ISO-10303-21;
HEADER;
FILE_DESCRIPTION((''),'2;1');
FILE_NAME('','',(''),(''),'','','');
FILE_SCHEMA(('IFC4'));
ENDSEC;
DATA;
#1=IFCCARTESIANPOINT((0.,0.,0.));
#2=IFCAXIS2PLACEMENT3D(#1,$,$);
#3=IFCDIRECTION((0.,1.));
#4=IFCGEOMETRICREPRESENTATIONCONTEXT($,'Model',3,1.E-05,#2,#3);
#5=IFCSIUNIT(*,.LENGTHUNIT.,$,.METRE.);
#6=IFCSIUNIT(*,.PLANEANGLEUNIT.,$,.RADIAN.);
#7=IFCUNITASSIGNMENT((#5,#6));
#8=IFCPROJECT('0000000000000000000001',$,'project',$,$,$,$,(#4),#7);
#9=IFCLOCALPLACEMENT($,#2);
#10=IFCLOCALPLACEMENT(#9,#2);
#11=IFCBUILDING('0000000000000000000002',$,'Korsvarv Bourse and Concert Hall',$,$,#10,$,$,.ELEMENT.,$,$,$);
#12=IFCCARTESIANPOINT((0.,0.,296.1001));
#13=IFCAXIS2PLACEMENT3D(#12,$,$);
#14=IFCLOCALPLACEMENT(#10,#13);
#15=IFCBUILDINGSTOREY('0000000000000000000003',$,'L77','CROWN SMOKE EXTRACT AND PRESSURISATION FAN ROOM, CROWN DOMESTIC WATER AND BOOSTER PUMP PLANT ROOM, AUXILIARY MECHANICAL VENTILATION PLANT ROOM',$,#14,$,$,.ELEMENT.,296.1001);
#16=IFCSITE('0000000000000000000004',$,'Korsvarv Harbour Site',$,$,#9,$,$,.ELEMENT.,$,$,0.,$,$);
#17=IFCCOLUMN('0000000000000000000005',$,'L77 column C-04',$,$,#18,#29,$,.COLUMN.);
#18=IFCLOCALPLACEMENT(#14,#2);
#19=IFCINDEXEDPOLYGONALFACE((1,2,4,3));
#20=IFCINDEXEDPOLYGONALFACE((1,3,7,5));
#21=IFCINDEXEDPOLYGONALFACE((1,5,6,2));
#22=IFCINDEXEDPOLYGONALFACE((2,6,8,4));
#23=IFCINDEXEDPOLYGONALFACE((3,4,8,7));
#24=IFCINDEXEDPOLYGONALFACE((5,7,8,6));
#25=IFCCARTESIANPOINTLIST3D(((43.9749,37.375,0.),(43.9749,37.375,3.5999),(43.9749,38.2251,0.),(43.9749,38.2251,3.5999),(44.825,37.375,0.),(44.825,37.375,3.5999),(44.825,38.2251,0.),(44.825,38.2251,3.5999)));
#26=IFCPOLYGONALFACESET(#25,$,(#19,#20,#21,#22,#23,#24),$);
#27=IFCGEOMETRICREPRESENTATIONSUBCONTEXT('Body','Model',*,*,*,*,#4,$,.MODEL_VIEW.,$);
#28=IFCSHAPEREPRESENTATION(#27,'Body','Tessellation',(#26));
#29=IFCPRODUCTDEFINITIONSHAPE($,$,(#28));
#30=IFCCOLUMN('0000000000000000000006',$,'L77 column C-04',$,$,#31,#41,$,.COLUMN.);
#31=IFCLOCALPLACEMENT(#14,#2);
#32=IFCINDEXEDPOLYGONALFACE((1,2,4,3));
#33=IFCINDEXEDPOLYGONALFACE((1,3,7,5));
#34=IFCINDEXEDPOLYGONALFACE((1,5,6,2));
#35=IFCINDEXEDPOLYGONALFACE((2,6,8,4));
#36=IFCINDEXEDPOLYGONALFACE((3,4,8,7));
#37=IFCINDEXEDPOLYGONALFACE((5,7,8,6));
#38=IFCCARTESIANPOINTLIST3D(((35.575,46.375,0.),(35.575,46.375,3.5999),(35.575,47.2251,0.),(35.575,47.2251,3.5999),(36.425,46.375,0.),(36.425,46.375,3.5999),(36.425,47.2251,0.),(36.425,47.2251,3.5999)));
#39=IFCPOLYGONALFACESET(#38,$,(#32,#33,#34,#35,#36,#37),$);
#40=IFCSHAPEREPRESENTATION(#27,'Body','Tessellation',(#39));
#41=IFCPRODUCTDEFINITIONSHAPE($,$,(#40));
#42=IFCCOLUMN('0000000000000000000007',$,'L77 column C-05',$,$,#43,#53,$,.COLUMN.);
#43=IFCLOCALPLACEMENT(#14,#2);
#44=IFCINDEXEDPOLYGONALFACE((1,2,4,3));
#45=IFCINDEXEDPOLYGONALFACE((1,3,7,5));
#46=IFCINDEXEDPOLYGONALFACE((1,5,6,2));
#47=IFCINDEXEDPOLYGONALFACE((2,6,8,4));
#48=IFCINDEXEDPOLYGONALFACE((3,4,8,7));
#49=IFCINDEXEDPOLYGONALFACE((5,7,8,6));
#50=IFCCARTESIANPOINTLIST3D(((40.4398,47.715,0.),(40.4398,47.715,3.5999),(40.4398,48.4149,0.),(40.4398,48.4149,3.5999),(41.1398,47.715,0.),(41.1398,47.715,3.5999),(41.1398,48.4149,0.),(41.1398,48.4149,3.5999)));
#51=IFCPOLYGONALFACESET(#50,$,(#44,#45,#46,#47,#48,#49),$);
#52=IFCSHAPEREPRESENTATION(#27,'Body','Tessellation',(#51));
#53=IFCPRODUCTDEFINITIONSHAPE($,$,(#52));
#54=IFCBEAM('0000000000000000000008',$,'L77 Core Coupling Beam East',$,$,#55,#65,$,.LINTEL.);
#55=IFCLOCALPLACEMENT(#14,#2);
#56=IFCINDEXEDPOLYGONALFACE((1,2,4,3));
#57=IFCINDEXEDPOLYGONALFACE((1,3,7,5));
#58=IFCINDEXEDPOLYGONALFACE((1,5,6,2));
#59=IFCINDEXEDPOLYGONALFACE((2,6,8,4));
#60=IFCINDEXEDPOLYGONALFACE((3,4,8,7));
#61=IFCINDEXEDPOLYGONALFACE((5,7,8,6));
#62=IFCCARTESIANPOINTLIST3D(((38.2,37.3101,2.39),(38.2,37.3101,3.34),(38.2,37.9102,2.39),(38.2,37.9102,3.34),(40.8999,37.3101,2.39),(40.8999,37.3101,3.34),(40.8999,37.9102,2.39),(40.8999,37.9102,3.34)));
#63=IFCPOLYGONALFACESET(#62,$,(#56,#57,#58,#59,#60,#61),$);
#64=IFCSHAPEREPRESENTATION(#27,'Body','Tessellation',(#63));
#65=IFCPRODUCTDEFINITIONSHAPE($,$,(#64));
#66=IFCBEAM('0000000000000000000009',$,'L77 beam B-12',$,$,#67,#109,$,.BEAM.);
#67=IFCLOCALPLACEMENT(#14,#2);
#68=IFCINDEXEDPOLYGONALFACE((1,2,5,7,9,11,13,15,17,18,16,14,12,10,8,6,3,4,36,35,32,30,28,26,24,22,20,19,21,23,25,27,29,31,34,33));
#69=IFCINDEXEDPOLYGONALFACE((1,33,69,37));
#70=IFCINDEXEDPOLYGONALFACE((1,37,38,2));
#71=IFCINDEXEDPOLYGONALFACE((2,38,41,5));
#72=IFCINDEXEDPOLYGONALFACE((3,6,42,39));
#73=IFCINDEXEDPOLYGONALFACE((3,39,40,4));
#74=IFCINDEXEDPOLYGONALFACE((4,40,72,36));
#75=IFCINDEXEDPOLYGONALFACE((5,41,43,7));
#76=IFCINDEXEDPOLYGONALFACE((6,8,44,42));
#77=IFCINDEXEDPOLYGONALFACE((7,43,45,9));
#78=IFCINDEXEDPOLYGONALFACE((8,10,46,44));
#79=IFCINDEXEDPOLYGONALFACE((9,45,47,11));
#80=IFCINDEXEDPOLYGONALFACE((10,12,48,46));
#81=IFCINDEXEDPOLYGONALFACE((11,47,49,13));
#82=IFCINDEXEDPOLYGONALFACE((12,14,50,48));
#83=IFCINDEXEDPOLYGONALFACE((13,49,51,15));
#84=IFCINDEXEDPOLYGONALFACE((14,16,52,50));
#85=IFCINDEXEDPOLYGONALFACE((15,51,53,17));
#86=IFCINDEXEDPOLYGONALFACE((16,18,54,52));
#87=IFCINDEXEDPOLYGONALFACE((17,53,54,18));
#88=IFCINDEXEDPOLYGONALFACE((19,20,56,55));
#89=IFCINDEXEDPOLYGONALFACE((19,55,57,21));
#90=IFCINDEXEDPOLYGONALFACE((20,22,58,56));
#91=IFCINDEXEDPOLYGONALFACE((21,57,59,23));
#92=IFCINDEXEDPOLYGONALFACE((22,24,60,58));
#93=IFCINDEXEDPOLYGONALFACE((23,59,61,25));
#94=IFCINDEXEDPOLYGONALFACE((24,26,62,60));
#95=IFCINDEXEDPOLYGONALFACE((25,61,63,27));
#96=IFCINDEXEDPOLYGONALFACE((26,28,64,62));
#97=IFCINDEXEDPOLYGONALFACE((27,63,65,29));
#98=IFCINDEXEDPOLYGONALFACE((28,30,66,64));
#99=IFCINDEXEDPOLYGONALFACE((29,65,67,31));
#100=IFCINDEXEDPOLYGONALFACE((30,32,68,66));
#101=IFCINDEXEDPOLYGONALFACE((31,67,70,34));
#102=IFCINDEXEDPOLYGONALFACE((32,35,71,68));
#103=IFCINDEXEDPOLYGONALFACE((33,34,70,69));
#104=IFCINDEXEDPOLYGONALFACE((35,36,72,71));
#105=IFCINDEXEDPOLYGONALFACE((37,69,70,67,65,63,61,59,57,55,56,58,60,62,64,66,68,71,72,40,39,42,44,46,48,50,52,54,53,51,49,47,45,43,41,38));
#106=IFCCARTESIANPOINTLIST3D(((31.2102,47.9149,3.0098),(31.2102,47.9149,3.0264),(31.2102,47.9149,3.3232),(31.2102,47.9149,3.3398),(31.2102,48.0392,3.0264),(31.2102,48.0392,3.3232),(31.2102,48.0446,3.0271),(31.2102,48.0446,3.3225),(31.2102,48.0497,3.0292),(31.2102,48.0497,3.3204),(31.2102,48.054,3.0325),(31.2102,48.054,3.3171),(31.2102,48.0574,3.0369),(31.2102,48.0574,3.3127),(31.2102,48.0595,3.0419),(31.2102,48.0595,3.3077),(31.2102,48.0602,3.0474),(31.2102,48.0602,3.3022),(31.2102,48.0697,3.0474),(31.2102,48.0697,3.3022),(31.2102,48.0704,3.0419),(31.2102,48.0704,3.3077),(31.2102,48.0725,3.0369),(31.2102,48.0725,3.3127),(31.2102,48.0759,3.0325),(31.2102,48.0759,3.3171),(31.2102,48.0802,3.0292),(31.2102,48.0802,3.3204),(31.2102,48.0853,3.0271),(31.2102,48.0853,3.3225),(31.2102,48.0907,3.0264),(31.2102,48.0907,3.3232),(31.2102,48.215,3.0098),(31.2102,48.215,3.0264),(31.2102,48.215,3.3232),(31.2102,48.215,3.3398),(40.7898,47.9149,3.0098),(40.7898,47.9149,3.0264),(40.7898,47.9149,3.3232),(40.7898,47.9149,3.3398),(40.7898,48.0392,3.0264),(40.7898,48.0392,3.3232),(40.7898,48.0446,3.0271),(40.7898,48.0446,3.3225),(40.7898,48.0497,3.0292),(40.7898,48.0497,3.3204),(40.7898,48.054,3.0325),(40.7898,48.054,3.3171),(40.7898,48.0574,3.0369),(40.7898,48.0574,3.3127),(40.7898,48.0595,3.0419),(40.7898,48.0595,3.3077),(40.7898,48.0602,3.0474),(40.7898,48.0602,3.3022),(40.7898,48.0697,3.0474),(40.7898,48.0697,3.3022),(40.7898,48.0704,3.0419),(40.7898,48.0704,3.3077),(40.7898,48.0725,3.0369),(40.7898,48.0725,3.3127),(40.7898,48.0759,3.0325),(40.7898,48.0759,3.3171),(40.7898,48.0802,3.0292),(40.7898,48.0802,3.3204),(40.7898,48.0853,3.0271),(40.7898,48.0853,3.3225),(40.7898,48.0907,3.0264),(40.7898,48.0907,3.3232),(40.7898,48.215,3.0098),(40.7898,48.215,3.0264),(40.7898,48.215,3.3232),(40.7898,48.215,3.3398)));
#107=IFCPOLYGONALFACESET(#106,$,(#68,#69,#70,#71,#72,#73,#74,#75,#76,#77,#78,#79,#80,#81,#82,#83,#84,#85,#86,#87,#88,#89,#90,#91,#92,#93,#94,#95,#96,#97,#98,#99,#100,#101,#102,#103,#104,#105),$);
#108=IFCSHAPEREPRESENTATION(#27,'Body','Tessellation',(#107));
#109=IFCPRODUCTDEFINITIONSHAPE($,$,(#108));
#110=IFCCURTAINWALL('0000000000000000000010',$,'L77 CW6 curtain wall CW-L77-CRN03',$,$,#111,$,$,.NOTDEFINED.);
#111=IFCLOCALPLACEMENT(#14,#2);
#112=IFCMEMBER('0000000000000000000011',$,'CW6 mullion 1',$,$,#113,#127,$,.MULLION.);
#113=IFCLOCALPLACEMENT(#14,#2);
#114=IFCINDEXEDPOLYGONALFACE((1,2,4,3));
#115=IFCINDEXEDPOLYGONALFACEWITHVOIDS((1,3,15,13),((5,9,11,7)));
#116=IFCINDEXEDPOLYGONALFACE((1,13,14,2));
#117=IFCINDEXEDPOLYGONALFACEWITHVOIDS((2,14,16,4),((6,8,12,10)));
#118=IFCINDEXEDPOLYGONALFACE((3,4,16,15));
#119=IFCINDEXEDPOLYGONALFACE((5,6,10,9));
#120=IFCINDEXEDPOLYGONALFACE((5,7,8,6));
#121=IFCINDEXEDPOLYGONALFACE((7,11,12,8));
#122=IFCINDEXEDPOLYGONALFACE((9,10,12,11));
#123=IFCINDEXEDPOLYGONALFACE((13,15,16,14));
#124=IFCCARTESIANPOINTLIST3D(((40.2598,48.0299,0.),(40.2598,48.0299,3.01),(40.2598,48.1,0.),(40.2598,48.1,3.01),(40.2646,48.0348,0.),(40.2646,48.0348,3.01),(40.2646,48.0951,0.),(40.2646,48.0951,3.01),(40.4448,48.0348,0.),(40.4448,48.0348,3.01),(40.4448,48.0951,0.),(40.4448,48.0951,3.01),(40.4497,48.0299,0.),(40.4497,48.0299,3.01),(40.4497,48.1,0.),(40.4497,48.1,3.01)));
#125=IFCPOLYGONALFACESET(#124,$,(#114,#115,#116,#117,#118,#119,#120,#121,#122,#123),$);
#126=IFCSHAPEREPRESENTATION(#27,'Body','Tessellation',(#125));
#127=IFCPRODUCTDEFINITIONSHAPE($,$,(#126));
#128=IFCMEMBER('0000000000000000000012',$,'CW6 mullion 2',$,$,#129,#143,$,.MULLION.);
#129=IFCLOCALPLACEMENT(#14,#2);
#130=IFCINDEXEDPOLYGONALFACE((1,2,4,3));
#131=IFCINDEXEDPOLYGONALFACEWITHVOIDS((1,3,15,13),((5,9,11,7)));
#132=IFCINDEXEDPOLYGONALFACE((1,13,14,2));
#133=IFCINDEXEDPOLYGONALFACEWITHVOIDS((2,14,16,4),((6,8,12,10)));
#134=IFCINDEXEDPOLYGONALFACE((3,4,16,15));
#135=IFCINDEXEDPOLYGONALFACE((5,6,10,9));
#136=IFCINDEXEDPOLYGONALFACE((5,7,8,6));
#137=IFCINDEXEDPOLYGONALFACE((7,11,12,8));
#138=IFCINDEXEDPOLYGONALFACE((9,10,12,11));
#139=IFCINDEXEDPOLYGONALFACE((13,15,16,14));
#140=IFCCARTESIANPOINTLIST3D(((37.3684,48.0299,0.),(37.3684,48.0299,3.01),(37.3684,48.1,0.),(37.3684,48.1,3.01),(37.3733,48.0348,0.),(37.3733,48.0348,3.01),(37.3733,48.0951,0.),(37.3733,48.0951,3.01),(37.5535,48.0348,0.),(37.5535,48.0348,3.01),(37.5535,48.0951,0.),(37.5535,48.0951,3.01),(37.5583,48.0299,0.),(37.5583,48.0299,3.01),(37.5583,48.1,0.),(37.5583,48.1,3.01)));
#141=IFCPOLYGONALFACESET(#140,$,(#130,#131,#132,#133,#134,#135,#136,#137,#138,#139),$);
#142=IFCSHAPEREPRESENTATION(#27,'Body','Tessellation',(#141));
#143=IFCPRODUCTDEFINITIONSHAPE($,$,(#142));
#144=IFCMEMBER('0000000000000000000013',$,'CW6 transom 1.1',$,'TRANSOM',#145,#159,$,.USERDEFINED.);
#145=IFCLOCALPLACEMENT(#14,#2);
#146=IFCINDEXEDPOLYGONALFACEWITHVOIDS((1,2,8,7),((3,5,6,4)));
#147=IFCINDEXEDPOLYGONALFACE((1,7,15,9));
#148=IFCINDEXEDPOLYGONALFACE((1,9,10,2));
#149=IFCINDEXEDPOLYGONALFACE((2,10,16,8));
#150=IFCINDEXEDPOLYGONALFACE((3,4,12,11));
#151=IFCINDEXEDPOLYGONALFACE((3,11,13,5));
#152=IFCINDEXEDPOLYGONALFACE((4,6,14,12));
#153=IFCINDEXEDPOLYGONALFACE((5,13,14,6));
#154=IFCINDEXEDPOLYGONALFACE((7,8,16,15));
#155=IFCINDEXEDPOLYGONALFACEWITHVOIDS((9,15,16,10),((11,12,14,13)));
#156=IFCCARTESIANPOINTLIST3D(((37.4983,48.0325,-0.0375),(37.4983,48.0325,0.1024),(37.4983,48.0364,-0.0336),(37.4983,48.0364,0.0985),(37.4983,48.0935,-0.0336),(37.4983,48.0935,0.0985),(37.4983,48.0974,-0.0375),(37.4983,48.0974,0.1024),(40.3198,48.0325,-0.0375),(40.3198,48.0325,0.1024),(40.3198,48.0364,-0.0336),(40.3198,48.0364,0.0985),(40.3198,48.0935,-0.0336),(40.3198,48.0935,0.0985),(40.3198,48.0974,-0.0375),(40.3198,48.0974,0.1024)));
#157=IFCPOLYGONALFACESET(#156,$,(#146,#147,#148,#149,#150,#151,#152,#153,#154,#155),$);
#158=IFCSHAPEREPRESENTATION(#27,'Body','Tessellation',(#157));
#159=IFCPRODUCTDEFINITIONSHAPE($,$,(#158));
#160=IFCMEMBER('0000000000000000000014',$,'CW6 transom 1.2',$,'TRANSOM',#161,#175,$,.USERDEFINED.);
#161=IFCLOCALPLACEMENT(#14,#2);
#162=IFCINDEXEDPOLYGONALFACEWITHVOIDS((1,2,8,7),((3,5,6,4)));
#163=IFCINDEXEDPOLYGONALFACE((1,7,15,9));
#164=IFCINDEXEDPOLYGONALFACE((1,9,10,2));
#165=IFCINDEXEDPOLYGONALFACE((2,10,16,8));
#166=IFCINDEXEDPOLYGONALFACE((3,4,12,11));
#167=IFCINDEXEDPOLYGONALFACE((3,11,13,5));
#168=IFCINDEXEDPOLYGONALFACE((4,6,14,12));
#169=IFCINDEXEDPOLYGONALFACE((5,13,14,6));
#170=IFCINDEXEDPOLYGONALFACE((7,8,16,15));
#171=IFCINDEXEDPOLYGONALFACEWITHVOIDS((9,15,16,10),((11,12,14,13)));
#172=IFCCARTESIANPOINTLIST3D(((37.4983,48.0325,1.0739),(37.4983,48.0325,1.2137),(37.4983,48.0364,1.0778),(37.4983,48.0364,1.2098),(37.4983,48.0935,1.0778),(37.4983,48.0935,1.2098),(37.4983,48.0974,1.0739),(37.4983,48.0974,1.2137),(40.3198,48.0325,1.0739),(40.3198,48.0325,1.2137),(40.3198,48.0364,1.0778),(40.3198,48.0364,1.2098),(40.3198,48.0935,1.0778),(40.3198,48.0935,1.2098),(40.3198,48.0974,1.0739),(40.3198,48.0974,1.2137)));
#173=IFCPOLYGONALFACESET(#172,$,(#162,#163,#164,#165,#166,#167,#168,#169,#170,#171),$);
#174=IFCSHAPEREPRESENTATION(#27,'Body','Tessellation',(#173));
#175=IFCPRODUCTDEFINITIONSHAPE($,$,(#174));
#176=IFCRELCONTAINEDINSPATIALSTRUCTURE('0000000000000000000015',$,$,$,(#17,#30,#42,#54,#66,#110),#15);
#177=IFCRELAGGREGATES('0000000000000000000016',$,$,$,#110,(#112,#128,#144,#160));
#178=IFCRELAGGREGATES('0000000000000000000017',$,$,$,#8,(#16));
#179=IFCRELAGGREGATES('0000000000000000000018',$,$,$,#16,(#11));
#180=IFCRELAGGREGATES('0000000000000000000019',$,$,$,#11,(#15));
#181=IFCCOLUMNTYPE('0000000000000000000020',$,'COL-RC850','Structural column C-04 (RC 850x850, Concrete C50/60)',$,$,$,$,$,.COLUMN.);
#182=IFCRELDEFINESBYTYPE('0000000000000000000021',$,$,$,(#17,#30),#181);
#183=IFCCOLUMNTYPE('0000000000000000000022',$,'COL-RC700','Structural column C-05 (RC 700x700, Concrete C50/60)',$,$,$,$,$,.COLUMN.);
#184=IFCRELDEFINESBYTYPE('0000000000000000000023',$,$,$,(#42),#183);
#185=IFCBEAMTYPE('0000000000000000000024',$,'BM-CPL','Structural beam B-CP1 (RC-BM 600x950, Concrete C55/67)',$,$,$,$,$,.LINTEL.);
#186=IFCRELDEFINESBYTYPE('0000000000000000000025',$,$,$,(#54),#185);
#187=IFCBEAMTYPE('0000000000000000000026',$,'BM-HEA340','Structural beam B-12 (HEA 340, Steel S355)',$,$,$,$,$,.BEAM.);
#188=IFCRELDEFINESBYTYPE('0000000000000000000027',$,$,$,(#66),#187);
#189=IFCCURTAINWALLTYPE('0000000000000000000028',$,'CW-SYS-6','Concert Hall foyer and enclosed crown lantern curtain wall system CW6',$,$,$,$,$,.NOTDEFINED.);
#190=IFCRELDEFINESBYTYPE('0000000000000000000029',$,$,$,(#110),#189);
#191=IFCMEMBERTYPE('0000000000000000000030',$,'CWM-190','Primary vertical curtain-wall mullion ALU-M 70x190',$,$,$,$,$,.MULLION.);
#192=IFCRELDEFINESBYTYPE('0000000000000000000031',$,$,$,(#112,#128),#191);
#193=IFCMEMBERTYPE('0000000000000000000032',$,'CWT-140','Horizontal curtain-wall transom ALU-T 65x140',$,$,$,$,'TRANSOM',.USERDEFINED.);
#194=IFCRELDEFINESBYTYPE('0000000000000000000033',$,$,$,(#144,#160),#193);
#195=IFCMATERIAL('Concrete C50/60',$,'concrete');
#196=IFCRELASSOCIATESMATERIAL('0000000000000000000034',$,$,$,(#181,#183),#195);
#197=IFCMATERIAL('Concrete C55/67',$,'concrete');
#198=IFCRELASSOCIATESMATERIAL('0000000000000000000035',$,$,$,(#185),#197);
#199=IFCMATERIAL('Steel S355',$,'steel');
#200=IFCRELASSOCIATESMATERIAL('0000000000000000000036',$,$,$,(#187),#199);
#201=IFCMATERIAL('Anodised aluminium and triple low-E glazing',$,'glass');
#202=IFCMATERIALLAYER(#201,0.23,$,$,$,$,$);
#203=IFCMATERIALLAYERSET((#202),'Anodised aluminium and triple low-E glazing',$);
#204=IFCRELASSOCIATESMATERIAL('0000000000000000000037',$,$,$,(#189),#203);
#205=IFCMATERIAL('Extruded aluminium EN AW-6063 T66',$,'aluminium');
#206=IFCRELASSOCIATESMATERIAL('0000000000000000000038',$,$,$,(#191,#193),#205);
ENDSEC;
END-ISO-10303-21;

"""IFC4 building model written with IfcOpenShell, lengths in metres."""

from ifc_helpers import new_model, si_unit, direction, frame, origin, origin_2d, place, context, subcontext, project, spatial, rectangle, hollow_rectangle, i_section, extrude, source, transform, mapped, material, layer, layer_set, material_profile, profile_set, type_object, element, aggregate, save


model = new_model("IFC4")

# Units and contexts
model_context = context("Model", 3, precision=1e-05, world=origin(), true_north=direction((0.0, 1.0)))
body_context = subcontext(model_context, "Body", "Model", "MODEL_VIEW")
ifc_project = project(units=[si_unit("LENGTHUNIT", "METRE"), si_unit("PLANEANGLEUNIT", "RADIAN")], contexts=[model_context])

# Site, building, storey
site_placement = place(None, origin())
site = spatial("IfcSite", under=ifc_project, at=site_placement, Name="Korsvarv Harbour Site", CompositionType="ELEMENT", RefElevation=0.0)
building_placement = place(site_placement, origin())
building = spatial("IfcBuilding", under=site, at=building_placement, Name="Korsvarv Bourse and Concert Hall", CompositionType="ELEMENT")
storey_placement = place(building_placement, frame((0.0, 0.0, 296.1001)))
storey = spatial("IfcBuildingStorey", under=building, at=storey_placement, Name="L77", Description="CROWN SMOKE EXTRACT AND PRESSURISATION FAN ROOM, CROWN DOMESTIC WATER AND BOOSTER PUMP PLANT ROOM, AUXILIARY MECHANICAL VENTILATION PLANT ROOM", CompositionType="ELEMENT", Elevation=296.1001)

# Columns
ifc_material_1 = material(Name="Concrete C50/60", Category="concrete")
ifc_material_profile_1 = material_profile(ifc_material_1, rectangle(XDim=0.8501, YDim=0.8501, at=origin_2d()), Name="RC 850x850")
ifc_profile_set_1 = profile_set([ifc_material_profile_1], Name="Concrete C50/60")
column_type_1 = type_object("IfcColumnType", Name="COL-RC850", Description="Structural column C-04 (RC 850x850, Concrete C50/60)", PredefinedType="COLUMN", material=ifc_profile_set_1)
shared_shape_1 = source(origin(), body_context, "Body", "SweptSolid", [
    extrude(rectangle(XDim=0.8501, YDim=0.8501, at=origin_2d()), origin(), (0.0, 0.0, 1.0), 3.5999),
])
for number, where, z_axis, x_axis, name in (
    (1, (44.3999, 37.8, 0.0), (0.0, 0.0, 1.0), (1.0, 0.0, 0.0), "L77 column C-04"),
    (2, (36.0, 46.8, 0.0), (0.0, 0.0, 1.0), (1.0, 0.0, 0.0), "L77 column C-04"),
):
    element("IfcColumn", number, at=place(storey_placement, frame(where, z_axis=z_axis, x_axis=x_axis)), inside=storey, type_object=column_type_1, Name=name, PredefinedType="COLUMN", context=body_context, shape_type="MappedRepresentation", body=[
        mapped(shared_shape_1, transform((0.0, 0.0, 0.0), scale=1.0)),
    ])
ifc_material_profile_2 = material_profile(ifc_material_1, rectangle(XDim=0.7, YDim=0.7, at=origin_2d()), Name="RC 700x700")
ifc_profile_set_2 = profile_set([ifc_material_profile_2], Name="Concrete C50/60")
column_type_2 = type_object("IfcColumnType", Name="COL-RC700", Description="Structural column C-05 (RC 700x700, Concrete C50/60)", PredefinedType="COLUMN", material=ifc_profile_set_2)
shared_shape_2 = source(origin(), body_context, "Body", "SweptSolid", [
    extrude(rectangle(XDim=0.7, YDim=0.7, at=origin_2d()), origin(), (0.0, 0.0, 1.0), 3.5999),
])
column_placement = place(storey_placement, frame((40.7898, 48.0649, 0.0), z_axis=(0.0, 0.0, 1.0), x_axis=(1.0, 0.0, 0.0)))
element("IfcColumn", 3, at=column_placement, inside=storey, type_object=column_type_2, Name="L77 column C-05", PredefinedType="COLUMN", context=body_context, shape_type="MappedRepresentation", body=[
    mapped(shared_shape_2, transform((0.0, 0.0, 0.0), scale=1.0)),
])

# Beams
ifc_material_2 = material(Name="Concrete C55/67", Category="concrete")
ifc_material_profile_3 = material_profile(ifc_material_2, rectangle(XDim=0.6001, YDim=0.95, at=origin_2d()), Name="RC-BM 600x950")
ifc_profile_set_3 = profile_set([ifc_material_profile_3], Name="Concrete C55/67")
beam_type_1 = type_object("IfcBeamType", Name="BM-CPL", Description="Structural beam B-CP1 (RC-BM 600x950, Concrete C55/67)", PredefinedType="LINTEL", material=ifc_profile_set_3)
shared_shape_3 = source(origin(), body_context, "Body", "SweptSolid", [
    extrude(rectangle(XDim=0.6001, YDim=0.95, at=origin_2d()), origin(), (0.0, 0.0, 1.0), 2.7),
])
beam_1_placement = place(storey_placement, frame((38.2, 37.6101, 2.865), z_axis=(1.0, 0.0, 0.0), x_axis=(0.0, 1.0, 0.0)))
element("IfcBeam", 4, at=beam_1_placement, inside=storey, type_object=beam_type_1, Name="L77 Core Coupling Beam East", PredefinedType="LINTEL", context=body_context, shape_type="MappedRepresentation", body=[
    mapped(shared_shape_3, transform((0.0, 0.0, 0.0), scale=1.0)),
])
ifc_material_3 = material(Name="Steel S355", Category="steel")
ifc_material_profile_4 = material_profile(ifc_material_3, i_section(OverallWidth=0.3, OverallDepth=0.3301, WebThickness=0.0095, FlangeThickness=0.0166, FilletRadius=0.021, at=origin_2d()), Name="HEA 340")
ifc_profile_set_4 = profile_set([ifc_material_profile_4], Name="Steel S355")
beam_type_2 = type_object("IfcBeamType", Name="BM-HEA340", Description="Structural beam B-12 (HEA 340, Steel S355)", PredefinedType="BEAM", material=ifc_profile_set_4)
shared_shape_4 = source(origin(), body_context, "Body", "SweptSolid", [
    extrude(i_section(OverallWidth=0.3, OverallDepth=0.3301, WebThickness=0.0095, FlangeThickness=0.0166, FilletRadius=0.021, at=origin_2d()), origin(), (0.0, 0.0, 1.0), 9.5796),
])
beam_2_placement = place(storey_placement, frame((40.7898, 48.0649, 3.1748), z_axis=(-1.0, 0.0, 0.0), x_axis=(0.0, -1.0, 0.0)))
element("IfcBeam", 5, at=beam_2_placement, inside=storey, type_object=beam_type_2, Name="L77 beam B-12", PredefinedType="BEAM", context=body_context, shape_type="MappedRepresentation", body=[
    mapped(shared_shape_4, transform((0.0, 0.0, 0.0), scale=1.0)),
])

# Curtain wall, members
ifc_material_4 = material(Name="Anodised aluminium and triple low-E glazing", Category="glass")
ifc_layer_1 = layer(ifc_material_4, 0.23)
ifc_layer_set_1 = layer_set([ifc_layer_1], Name="Anodised aluminium and triple low-E glazing")
curtain_wall_type = type_object("IfcCurtainWallType", Name="CW-SYS-6", Description="Concert Hall foyer and enclosed crown lantern curtain wall system CW6", PredefinedType="NOTDEFINED", material=ifc_layer_set_1)
curtain_wall_placement = place(storey_placement, origin())
curtain_wall = element("IfcCurtainWall", 6, at=curtain_wall_placement, inside=storey, type_object=curtain_wall_type, Name="L77 CW6 curtain wall CW-L77-CRN03", PredefinedType="NOTDEFINED")
ifc_material_5 = material(Name="Extruded aluminium EN AW-6063 T66", Category="aluminium")
ifc_material_profile_5 = material_profile(ifc_material_5, hollow_rectangle(XDim=0.0701, YDim=0.1899, WallThickness=0.0049, at=origin_2d()), Name="ALU-M 70x190")
ifc_profile_set_5 = profile_set([ifc_material_profile_5], Name="Extruded aluminium EN AW-6063 T66")
member_type_1 = type_object("IfcMemberType", Name="CWM-190", Description="Primary vertical curtain-wall mullion ALU-M 70x190", PredefinedType="MULLION", material=ifc_profile_set_5)
shared_shape_5 = source(origin(), body_context, "Body", "SweptSolid", [
    extrude(hollow_rectangle(XDim=0.0701, YDim=0.1899, WallThickness=0.0049, at=origin_2d()), origin(), (0.0, 0.0, 1.0), 3.01),
])
member_1_placement = place(storey_placement, frame((40.3547, 48.0649, 0.0), z_axis=(0.0, 0.0, 1.0), x_axis=(0.0, -1.0, 0.0)))
member_1 = element("IfcMember", 7, at=member_1_placement, type_object=member_type_1, Name="CW6 mullion 1", PredefinedType="MULLION", context=body_context, shape_type="MappedRepresentation", body=[
    mapped(shared_shape_5, transform((0.0, 0.0, 0.0), scale=1.0)),
])
member_2_placement = place(storey_placement, frame((37.4634, 48.0649, 0.0), z_axis=(0.0, 0.0, 1.0), x_axis=(0.0, -1.0, 0.0)))
member_2 = element("IfcMember", 8, at=member_2_placement, type_object=member_type_1, Name="CW6 mullion 2", PredefinedType="MULLION", context=body_context, shape_type="MappedRepresentation", body=[
    mapped(shared_shape_5, transform((0.0, 0.0, 0.0), scale=1.0)),
])
ifc_material_profile_6 = material_profile(ifc_material_5, hollow_rectangle(XDim=0.0649, YDim=0.1399, WallThickness=0.0039, at=origin_2d()), Name="ALU-T 65x140")
ifc_profile_set_6 = profile_set([ifc_material_profile_6], Name="Extruded aluminium EN AW-6063 T66")
member_type_2 = type_object("IfcMemberType", Name="CWT-140", Description="Horizontal curtain-wall transom ALU-T 65x140", ElementType="TRANSOM", PredefinedType="USERDEFINED", material=ifc_profile_set_6)
shared_shape_6 = source(origin(), body_context, "Body", "SweptSolid", [
    extrude(hollow_rectangle(XDim=0.0649, YDim=0.1399, WallThickness=0.0039, at=origin_2d()), origin(), (0.0, 0.0, 1.0), 2.8215),
])
member_3_placement = place(storey_placement, frame((40.3198, 48.0649, 0.0325), z_axis=(-1.0, 0.0, 0.0), x_axis=(0.0, -1.0, 0.0)))
member_3 = element("IfcMember", 9, at=member_3_placement, type_object=member_type_2, Name="CW6 transom 1.1", ObjectType="TRANSOM", PredefinedType="USERDEFINED", context=body_context, shape_type="MappedRepresentation", body=[
    mapped(shared_shape_6, transform((0.0, 0.0, 0.0), scale=1.0)),
])
member_4_placement = place(storey_placement, frame((40.3198, 48.0649, 1.1438), z_axis=(-1.0, 0.0, 0.0), x_axis=(0.0, -1.0, 0.0)))
member_4 = element("IfcMember", 10, at=member_4_placement, type_object=member_type_2, Name="CW6 transom 1.2", ObjectType="TRANSOM", PredefinedType="USERDEFINED", context=body_context, shape_type="MappedRepresentation", body=[
    mapped(shared_shape_6, transform((0.0, 0.0, 0.0), scale=1.0)),
])
aggregate(curtain_wall, [member_1, member_2, member_3, member_4])

save(model, "model.ifc")
